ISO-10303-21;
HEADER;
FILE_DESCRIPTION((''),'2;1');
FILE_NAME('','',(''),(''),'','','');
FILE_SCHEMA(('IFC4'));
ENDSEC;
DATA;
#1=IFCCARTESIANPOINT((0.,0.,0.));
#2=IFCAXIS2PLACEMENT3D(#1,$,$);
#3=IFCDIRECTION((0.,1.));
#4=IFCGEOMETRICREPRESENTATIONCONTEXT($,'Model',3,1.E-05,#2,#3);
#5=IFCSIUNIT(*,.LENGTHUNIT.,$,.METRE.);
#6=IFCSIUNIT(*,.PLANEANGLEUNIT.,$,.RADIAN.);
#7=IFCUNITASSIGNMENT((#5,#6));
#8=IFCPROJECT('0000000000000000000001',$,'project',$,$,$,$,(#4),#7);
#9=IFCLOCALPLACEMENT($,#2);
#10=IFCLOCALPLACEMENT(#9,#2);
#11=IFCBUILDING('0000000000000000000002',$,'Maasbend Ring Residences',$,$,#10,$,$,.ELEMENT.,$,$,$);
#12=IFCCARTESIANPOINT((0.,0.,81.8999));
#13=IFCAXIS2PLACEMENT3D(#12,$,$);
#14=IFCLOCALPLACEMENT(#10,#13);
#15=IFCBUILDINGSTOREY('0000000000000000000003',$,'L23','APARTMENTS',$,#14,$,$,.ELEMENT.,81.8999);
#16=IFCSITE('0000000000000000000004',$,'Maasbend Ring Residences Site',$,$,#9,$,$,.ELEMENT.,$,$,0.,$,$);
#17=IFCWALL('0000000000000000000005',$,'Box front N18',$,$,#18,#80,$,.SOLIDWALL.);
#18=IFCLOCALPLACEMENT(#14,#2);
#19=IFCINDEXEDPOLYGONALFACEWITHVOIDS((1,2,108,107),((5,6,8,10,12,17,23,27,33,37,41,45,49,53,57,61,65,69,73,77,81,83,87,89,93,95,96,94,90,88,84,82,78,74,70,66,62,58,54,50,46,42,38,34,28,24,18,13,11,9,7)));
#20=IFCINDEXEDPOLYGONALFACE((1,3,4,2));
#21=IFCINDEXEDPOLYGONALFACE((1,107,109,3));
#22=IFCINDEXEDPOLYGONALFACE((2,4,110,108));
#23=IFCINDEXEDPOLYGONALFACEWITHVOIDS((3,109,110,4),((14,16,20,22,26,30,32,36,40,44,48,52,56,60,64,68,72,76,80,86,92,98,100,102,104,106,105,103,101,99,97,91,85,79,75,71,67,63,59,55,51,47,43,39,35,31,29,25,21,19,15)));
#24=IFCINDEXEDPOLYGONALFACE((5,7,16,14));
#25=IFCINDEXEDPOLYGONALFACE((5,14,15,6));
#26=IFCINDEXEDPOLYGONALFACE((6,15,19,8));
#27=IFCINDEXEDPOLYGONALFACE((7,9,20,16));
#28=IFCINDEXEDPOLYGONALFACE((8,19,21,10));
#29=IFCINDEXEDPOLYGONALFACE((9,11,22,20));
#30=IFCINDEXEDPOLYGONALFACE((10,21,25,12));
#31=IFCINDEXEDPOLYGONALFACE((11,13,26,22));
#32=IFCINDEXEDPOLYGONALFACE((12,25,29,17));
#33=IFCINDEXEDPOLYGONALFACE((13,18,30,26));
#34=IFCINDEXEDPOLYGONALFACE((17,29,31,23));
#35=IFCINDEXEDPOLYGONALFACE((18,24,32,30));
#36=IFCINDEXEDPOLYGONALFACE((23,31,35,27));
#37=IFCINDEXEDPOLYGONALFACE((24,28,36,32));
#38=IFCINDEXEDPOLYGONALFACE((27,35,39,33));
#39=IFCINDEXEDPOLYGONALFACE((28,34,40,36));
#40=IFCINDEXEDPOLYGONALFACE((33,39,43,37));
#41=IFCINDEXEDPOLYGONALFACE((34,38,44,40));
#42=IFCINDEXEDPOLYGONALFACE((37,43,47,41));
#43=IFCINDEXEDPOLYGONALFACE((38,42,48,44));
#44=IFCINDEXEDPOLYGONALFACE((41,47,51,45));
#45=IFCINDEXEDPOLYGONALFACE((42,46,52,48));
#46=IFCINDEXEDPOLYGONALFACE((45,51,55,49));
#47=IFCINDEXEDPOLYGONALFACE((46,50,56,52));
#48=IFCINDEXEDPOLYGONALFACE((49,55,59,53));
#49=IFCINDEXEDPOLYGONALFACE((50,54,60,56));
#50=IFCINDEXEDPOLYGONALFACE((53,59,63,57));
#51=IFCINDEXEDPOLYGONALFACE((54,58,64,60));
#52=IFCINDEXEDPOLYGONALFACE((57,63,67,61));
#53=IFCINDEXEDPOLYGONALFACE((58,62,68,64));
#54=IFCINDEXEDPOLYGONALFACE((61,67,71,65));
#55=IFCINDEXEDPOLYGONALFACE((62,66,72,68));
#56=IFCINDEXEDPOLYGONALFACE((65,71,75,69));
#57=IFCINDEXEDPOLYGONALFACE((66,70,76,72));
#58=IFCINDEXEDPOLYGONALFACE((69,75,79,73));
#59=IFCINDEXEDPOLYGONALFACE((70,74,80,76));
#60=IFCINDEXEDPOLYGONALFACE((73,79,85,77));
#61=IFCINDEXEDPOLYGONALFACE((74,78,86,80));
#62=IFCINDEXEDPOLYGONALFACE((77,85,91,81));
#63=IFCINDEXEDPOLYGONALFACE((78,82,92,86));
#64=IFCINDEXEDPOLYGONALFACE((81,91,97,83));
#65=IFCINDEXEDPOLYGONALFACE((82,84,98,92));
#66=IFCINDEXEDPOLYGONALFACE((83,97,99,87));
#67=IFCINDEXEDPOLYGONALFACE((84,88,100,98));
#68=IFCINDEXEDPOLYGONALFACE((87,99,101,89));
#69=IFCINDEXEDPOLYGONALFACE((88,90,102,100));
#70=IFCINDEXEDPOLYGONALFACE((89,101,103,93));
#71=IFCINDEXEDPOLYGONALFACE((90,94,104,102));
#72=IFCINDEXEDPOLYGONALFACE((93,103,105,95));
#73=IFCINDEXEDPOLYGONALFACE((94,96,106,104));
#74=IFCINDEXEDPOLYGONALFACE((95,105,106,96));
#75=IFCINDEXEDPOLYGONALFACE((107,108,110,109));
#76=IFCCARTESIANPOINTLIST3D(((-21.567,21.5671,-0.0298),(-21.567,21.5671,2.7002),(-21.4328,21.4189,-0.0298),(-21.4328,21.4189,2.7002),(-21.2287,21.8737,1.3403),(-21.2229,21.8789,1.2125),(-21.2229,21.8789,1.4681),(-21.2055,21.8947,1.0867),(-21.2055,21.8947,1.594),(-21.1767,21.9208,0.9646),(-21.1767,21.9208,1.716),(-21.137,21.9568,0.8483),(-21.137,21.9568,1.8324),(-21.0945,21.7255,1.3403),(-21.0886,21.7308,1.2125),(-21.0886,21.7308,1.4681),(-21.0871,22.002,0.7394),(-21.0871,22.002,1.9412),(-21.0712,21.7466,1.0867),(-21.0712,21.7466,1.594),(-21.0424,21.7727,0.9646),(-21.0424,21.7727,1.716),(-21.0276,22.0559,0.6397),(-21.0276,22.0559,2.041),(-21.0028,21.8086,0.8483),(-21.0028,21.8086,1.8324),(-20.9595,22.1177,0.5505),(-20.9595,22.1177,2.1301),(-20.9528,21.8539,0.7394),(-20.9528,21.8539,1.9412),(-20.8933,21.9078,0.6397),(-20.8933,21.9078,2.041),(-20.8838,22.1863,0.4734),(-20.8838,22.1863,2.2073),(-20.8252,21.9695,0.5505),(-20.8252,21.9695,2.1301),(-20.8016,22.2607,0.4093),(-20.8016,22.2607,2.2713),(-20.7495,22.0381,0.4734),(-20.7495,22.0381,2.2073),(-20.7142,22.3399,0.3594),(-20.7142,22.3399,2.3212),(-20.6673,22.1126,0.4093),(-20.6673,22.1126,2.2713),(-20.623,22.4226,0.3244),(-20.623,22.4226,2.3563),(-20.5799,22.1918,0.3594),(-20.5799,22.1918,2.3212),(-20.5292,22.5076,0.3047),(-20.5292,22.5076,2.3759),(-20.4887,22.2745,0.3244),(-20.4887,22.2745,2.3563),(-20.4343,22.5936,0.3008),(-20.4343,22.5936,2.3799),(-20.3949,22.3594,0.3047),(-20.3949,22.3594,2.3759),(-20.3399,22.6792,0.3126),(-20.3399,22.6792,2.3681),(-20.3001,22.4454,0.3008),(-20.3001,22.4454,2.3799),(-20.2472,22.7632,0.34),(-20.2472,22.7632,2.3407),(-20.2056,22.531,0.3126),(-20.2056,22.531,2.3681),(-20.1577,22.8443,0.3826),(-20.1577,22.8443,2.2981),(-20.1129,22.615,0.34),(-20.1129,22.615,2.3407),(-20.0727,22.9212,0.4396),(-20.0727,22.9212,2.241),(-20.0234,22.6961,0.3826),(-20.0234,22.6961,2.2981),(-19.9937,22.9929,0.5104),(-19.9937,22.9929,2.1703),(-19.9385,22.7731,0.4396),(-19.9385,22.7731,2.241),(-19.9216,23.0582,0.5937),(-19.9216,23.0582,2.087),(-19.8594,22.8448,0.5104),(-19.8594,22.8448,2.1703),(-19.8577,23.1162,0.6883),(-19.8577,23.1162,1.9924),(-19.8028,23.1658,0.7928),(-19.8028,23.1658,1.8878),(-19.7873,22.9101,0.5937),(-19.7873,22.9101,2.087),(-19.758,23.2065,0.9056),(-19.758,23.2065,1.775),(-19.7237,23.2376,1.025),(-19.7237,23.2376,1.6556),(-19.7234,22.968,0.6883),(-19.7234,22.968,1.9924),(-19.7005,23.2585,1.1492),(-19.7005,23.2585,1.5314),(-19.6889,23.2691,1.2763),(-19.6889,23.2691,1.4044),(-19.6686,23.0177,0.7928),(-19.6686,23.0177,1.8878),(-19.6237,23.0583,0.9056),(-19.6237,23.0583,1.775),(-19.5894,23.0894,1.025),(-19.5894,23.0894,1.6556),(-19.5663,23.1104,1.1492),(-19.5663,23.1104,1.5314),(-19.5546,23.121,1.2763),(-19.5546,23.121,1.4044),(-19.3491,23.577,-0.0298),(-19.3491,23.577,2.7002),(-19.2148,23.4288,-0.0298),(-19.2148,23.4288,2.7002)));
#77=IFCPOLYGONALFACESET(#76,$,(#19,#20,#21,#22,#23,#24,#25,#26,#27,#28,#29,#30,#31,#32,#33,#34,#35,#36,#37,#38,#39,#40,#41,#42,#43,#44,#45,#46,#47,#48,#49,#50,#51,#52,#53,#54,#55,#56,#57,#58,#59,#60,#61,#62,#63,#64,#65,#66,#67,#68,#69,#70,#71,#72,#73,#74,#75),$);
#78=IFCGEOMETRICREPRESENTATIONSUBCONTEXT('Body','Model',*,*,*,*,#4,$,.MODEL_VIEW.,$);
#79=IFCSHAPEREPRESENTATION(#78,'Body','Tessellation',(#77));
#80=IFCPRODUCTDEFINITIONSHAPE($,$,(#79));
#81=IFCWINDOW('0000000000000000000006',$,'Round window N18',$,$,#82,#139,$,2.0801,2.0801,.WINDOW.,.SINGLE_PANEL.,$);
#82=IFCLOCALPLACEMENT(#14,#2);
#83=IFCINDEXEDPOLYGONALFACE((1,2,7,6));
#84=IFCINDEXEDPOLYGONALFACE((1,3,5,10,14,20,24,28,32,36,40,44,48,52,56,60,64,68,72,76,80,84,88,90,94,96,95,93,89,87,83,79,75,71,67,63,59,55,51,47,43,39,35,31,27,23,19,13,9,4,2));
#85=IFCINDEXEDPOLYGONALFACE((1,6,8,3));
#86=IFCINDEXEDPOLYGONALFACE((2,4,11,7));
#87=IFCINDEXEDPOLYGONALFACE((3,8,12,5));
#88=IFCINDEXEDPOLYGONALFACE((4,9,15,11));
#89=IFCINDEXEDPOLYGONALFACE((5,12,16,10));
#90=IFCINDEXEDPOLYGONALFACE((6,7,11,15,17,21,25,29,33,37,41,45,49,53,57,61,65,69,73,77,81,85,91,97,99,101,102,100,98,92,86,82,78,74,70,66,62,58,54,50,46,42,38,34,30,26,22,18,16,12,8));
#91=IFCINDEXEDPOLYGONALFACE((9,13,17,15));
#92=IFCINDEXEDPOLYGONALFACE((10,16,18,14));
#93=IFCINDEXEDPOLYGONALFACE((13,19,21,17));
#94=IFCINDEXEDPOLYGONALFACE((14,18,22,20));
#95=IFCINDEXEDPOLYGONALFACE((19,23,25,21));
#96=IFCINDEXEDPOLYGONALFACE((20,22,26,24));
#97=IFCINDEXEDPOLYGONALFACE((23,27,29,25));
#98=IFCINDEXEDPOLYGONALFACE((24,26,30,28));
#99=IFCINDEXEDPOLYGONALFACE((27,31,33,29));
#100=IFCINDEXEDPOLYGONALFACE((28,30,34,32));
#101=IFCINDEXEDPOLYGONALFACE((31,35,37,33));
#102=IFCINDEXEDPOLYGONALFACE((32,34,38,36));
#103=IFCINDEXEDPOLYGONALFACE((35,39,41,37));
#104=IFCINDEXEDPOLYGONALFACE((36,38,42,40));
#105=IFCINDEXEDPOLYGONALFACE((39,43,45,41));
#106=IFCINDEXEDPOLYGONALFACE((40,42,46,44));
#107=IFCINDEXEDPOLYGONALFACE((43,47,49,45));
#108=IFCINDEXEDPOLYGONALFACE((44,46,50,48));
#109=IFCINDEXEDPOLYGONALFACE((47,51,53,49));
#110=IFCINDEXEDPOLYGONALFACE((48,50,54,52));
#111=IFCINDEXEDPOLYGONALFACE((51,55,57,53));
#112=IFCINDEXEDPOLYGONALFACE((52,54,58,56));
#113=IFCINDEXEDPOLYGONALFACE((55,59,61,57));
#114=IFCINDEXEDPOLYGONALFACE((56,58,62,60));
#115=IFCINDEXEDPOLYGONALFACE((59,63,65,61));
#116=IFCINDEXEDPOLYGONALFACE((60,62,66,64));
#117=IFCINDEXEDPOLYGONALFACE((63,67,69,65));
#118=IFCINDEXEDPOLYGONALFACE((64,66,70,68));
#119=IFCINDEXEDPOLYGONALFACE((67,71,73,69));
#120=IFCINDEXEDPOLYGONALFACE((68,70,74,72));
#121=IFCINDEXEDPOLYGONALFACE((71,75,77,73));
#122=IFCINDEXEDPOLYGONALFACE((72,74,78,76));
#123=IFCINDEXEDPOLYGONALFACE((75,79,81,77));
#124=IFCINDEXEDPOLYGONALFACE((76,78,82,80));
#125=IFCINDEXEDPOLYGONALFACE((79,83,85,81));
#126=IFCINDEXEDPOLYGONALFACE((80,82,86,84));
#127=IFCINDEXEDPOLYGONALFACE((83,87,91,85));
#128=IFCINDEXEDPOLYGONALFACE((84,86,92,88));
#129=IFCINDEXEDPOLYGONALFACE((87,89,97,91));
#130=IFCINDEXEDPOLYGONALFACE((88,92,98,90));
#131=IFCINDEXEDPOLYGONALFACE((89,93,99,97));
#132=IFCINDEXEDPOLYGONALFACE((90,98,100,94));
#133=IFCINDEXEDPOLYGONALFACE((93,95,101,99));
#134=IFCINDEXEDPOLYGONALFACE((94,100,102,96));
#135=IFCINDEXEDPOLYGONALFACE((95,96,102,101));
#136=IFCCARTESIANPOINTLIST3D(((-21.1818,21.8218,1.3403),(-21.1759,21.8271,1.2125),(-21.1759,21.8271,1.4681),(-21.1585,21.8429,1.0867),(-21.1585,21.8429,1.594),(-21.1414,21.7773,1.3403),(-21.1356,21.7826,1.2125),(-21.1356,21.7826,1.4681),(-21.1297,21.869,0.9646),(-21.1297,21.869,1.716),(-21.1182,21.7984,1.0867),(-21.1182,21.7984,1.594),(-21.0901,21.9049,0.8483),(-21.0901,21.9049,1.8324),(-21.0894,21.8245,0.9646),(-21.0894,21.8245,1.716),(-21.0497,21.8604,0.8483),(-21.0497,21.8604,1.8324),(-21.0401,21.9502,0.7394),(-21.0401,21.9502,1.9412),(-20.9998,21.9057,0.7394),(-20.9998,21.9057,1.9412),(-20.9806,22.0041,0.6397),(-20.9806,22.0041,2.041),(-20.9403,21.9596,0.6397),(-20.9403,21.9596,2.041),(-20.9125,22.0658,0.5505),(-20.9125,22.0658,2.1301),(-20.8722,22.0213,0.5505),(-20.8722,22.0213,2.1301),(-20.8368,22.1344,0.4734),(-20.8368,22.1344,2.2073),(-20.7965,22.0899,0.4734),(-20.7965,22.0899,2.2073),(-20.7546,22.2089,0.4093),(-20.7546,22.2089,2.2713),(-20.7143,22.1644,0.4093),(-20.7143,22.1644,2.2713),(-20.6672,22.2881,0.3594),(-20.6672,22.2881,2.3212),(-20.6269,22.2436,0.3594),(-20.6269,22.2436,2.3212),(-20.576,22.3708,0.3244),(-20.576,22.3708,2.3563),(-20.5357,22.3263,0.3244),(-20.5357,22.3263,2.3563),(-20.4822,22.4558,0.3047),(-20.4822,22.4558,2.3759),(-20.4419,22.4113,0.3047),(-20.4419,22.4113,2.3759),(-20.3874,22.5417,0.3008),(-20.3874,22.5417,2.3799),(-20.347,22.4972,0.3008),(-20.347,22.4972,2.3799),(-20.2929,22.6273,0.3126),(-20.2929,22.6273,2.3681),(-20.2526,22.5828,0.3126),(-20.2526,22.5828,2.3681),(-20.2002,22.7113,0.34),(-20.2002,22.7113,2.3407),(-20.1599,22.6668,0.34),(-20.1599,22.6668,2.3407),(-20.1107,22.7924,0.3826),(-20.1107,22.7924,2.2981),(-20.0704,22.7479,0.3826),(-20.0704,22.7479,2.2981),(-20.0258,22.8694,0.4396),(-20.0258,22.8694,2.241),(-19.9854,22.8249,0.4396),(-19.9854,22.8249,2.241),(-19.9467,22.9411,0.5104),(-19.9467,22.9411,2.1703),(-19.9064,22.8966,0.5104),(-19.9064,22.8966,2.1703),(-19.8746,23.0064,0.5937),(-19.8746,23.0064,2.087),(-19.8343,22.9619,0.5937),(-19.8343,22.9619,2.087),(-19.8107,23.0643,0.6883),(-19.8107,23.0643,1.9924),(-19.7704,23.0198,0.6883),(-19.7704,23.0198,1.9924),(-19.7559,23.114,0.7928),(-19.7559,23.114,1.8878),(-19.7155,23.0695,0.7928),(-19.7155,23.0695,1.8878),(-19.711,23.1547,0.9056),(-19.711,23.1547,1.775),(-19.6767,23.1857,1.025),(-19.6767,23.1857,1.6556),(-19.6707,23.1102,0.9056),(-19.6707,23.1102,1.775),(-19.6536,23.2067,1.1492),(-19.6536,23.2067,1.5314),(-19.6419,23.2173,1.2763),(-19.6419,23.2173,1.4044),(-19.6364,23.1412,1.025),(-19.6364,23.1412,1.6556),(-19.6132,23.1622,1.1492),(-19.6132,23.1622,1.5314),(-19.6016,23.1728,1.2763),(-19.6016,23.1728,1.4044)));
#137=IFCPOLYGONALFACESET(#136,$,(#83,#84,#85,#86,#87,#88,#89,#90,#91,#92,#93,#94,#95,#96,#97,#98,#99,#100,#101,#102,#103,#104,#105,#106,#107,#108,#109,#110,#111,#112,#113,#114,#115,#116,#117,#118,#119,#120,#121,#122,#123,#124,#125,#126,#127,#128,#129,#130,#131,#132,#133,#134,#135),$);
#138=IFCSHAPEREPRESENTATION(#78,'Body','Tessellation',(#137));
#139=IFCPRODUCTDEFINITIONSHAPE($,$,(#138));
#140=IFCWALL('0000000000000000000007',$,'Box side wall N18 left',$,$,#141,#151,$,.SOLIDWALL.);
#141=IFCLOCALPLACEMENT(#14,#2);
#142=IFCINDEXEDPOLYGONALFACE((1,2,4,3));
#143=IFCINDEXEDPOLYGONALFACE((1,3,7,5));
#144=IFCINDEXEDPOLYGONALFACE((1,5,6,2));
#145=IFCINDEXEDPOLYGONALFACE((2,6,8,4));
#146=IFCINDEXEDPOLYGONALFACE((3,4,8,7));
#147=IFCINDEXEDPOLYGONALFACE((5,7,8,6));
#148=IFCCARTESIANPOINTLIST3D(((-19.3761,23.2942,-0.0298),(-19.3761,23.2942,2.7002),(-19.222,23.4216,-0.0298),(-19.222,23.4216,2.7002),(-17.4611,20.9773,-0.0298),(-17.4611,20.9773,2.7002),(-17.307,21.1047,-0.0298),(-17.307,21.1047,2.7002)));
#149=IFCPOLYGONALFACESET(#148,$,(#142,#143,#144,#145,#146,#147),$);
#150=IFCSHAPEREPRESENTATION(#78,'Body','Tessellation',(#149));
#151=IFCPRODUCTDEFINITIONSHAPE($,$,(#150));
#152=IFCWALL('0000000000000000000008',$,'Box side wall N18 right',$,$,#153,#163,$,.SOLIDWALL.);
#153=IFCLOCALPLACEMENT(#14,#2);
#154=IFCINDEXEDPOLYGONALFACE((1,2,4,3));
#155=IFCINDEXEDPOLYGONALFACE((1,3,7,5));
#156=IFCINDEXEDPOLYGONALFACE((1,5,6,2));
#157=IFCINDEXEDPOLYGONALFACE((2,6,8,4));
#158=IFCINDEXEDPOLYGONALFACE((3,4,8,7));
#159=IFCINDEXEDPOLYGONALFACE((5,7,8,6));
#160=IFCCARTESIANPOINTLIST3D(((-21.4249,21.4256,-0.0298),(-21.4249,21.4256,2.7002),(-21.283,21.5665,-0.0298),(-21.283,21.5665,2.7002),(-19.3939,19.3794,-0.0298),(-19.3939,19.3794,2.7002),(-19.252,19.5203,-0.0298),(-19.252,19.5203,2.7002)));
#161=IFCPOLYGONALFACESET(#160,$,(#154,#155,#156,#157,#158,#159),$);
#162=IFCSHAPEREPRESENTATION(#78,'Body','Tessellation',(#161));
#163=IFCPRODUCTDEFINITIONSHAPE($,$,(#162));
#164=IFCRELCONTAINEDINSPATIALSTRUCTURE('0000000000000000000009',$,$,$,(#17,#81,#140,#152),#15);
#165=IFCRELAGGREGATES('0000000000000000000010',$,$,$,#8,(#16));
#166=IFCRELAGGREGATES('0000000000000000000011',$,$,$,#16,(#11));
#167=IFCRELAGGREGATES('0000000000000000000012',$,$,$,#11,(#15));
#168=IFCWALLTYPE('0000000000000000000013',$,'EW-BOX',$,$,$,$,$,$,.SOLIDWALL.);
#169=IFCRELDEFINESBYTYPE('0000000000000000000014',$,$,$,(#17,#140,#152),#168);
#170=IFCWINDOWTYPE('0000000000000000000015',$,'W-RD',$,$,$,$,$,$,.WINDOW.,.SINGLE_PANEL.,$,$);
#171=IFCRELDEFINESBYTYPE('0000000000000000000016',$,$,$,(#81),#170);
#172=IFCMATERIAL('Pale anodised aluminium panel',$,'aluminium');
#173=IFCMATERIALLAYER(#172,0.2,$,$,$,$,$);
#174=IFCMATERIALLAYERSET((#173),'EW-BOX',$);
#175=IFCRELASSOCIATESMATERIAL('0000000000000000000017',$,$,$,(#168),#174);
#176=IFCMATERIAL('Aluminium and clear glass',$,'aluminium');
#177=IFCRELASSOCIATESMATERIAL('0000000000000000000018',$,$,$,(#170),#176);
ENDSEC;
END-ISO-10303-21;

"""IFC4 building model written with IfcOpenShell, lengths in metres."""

from ifc_helpers import new_model, si_unit, direction, frame, frame_2d, origin, place, context, subcontext, project, spatial, rectangle, circle, extrude, material, layer, layer_set, type_object, element, fill, save


model = new_model("IFC4")

# Units and contexts
model_context = context("Model", 3, precision=1e-05, world=origin(), true_north=direction((0.0, 1.0)))
body_context = subcontext(model_context, "Body", "Model", "MODEL_VIEW")
ifc_project = project(units=[si_unit("LENGTHUNIT", "METRE"), si_unit("PLANEANGLEUNIT", "RADIAN")], contexts=[model_context])

# Site, building, storey
site_placement = place(None, origin())
site = spatial("IfcSite", under=ifc_project, at=site_placement, Name="Maasbend Ring Residences Site", CompositionType="ELEMENT", RefElevation=0.0)
building_placement = place(site_placement, origin())
building = spatial("IfcBuilding", under=site, at=building_placement, Name="Maasbend Ring Residences", CompositionType="ELEMENT")
storey_placement = place(building_placement, frame((0.0, 0.0, 81.8999)))
storey = spatial("IfcBuildingStorey", under=building, at=storey_placement, Name="L23", Description="APARTMENTS", CompositionType="ELEMENT", Elevation=81.8999)

# Shared definitions
ifc_material_1 = material(Name="Pale anodised aluminium panel", Category="aluminium")
ifc_layer_1 = layer(ifc_material_1, 0.2)
ifc_layer_set_1 = layer_set([ifc_layer_1], Name="EW-BOX")
wall_type_1 = type_object("IfcWallType", Name="EW-BOX", PredefinedType="SOLIDWALL", material=ifc_layer_set_1)
ifc_material_2 = material(Name="Aluminium and clear glass", Category="aluminium")
window_type_1 = type_object("IfcWindowType", Name="W-RD", PartitioningType="SINGLE_PANEL", PredefinedType="WINDOW", material=ifc_material_2)

# Wall, opening, window
wall_1_placement = place(storey_placement, frame((-19.282, 23.5029, -0.0298), z_axis=(0.0, 0.0, 1.0), x_axis=(-0.740998, -0.671507, 0.0)))
wall_1 = element("IfcWall", 1, at=wall_1_placement, inside=storey, type_object=wall_type_1, Name="Box front N18", PredefinedType="SOLIDWALL", context=body_context, shape_type="SweptSolid", body=[
    extrude(rectangle(XDim=2.9932, YDim=0.2, at=frame_2d((1.4966, 0.0))), origin(), (0.0, 0.0, 1.0), 2.73),
])
opening_1_placement = place(wall_1_placement, frame((0.4565, 0.0, 0.3301)))
opening_1 = element("IfcOpeningElement", 2, at=opening_1_placement, cuts=wall_1, PredefinedType="OPENING", context=body_context, shape_type="SweptSolid", body=[
    extrude(circle(Radius=1.04, at=frame_2d((1.04, 1.04))), frame((0.0, 0.1099, 0.0), z_axis=(0.0, -1.0, 0.0), x_axis=(1.0, 0.0, 0.0)), (0.0, 0.0, 1.0), 0.22),
])
window_1_placement = place(opening_1_placement, origin())
window_1 = element("IfcWindow", 3, at=window_1_placement, inside=storey, type_object=window_type_1, Name="Round window N18", OverallHeight=2.0801, OverallWidth=2.0801, PartitioningType="SINGLE_PANEL", PredefinedType="WINDOW", context=body_context, shape_type="SweptSolid", body=[
    extrude(circle(Radius=1.04, at=frame_2d((1.04, 1.04))), frame((0.0, 0.03, 0.0), z_axis=(0.0, -1.0, 0.0), x_axis=(1.0, 0.0, 0.0)), (0.0, 0.0, 1.0), 0.0601),
])
fill(opening_1, window_1)

# Walls
wall_2_placement = place(storey_placement, frame((-17.384, 21.041, -0.0298), z_axis=(0.0, 0.0, 1.0), x_axis=(-0.637096, 0.770785, 0.0)))
element("IfcWall", 4, at=wall_2_placement, inside=storey, type_object=wall_type_1, Name="Box side wall N18 left", PredefinedType="SOLIDWALL", context=body_context, shape_type="SweptSolid", body=[
    extrude(rectangle(XDim=3.0059, YDim=0.2, at=frame_2d((1.5029, 0.0))), origin(), (0.0, 0.0, 1.0), 2.73),
])
wall_3_placement = place(storey_placement, frame((-19.323, 19.45, -0.0298), z_axis=(0.0, 0.0, 1.0), x_axis=(-0.704477, 0.709727, 0.0)))
element("IfcWall", 5, at=wall_3_placement, inside=storey, type_object=wall_type_1, Name="Box side wall N18 right", PredefinedType="SOLIDWALL", context=body_context, shape_type="SweptSolid", body=[
    extrude(rectangle(XDim=2.8831, YDim=0.2, at=frame_2d((1.4414, 0.0))), origin(), (0.0, 0.0, 1.0), 2.73),
])

save(model, "model.ifc")
